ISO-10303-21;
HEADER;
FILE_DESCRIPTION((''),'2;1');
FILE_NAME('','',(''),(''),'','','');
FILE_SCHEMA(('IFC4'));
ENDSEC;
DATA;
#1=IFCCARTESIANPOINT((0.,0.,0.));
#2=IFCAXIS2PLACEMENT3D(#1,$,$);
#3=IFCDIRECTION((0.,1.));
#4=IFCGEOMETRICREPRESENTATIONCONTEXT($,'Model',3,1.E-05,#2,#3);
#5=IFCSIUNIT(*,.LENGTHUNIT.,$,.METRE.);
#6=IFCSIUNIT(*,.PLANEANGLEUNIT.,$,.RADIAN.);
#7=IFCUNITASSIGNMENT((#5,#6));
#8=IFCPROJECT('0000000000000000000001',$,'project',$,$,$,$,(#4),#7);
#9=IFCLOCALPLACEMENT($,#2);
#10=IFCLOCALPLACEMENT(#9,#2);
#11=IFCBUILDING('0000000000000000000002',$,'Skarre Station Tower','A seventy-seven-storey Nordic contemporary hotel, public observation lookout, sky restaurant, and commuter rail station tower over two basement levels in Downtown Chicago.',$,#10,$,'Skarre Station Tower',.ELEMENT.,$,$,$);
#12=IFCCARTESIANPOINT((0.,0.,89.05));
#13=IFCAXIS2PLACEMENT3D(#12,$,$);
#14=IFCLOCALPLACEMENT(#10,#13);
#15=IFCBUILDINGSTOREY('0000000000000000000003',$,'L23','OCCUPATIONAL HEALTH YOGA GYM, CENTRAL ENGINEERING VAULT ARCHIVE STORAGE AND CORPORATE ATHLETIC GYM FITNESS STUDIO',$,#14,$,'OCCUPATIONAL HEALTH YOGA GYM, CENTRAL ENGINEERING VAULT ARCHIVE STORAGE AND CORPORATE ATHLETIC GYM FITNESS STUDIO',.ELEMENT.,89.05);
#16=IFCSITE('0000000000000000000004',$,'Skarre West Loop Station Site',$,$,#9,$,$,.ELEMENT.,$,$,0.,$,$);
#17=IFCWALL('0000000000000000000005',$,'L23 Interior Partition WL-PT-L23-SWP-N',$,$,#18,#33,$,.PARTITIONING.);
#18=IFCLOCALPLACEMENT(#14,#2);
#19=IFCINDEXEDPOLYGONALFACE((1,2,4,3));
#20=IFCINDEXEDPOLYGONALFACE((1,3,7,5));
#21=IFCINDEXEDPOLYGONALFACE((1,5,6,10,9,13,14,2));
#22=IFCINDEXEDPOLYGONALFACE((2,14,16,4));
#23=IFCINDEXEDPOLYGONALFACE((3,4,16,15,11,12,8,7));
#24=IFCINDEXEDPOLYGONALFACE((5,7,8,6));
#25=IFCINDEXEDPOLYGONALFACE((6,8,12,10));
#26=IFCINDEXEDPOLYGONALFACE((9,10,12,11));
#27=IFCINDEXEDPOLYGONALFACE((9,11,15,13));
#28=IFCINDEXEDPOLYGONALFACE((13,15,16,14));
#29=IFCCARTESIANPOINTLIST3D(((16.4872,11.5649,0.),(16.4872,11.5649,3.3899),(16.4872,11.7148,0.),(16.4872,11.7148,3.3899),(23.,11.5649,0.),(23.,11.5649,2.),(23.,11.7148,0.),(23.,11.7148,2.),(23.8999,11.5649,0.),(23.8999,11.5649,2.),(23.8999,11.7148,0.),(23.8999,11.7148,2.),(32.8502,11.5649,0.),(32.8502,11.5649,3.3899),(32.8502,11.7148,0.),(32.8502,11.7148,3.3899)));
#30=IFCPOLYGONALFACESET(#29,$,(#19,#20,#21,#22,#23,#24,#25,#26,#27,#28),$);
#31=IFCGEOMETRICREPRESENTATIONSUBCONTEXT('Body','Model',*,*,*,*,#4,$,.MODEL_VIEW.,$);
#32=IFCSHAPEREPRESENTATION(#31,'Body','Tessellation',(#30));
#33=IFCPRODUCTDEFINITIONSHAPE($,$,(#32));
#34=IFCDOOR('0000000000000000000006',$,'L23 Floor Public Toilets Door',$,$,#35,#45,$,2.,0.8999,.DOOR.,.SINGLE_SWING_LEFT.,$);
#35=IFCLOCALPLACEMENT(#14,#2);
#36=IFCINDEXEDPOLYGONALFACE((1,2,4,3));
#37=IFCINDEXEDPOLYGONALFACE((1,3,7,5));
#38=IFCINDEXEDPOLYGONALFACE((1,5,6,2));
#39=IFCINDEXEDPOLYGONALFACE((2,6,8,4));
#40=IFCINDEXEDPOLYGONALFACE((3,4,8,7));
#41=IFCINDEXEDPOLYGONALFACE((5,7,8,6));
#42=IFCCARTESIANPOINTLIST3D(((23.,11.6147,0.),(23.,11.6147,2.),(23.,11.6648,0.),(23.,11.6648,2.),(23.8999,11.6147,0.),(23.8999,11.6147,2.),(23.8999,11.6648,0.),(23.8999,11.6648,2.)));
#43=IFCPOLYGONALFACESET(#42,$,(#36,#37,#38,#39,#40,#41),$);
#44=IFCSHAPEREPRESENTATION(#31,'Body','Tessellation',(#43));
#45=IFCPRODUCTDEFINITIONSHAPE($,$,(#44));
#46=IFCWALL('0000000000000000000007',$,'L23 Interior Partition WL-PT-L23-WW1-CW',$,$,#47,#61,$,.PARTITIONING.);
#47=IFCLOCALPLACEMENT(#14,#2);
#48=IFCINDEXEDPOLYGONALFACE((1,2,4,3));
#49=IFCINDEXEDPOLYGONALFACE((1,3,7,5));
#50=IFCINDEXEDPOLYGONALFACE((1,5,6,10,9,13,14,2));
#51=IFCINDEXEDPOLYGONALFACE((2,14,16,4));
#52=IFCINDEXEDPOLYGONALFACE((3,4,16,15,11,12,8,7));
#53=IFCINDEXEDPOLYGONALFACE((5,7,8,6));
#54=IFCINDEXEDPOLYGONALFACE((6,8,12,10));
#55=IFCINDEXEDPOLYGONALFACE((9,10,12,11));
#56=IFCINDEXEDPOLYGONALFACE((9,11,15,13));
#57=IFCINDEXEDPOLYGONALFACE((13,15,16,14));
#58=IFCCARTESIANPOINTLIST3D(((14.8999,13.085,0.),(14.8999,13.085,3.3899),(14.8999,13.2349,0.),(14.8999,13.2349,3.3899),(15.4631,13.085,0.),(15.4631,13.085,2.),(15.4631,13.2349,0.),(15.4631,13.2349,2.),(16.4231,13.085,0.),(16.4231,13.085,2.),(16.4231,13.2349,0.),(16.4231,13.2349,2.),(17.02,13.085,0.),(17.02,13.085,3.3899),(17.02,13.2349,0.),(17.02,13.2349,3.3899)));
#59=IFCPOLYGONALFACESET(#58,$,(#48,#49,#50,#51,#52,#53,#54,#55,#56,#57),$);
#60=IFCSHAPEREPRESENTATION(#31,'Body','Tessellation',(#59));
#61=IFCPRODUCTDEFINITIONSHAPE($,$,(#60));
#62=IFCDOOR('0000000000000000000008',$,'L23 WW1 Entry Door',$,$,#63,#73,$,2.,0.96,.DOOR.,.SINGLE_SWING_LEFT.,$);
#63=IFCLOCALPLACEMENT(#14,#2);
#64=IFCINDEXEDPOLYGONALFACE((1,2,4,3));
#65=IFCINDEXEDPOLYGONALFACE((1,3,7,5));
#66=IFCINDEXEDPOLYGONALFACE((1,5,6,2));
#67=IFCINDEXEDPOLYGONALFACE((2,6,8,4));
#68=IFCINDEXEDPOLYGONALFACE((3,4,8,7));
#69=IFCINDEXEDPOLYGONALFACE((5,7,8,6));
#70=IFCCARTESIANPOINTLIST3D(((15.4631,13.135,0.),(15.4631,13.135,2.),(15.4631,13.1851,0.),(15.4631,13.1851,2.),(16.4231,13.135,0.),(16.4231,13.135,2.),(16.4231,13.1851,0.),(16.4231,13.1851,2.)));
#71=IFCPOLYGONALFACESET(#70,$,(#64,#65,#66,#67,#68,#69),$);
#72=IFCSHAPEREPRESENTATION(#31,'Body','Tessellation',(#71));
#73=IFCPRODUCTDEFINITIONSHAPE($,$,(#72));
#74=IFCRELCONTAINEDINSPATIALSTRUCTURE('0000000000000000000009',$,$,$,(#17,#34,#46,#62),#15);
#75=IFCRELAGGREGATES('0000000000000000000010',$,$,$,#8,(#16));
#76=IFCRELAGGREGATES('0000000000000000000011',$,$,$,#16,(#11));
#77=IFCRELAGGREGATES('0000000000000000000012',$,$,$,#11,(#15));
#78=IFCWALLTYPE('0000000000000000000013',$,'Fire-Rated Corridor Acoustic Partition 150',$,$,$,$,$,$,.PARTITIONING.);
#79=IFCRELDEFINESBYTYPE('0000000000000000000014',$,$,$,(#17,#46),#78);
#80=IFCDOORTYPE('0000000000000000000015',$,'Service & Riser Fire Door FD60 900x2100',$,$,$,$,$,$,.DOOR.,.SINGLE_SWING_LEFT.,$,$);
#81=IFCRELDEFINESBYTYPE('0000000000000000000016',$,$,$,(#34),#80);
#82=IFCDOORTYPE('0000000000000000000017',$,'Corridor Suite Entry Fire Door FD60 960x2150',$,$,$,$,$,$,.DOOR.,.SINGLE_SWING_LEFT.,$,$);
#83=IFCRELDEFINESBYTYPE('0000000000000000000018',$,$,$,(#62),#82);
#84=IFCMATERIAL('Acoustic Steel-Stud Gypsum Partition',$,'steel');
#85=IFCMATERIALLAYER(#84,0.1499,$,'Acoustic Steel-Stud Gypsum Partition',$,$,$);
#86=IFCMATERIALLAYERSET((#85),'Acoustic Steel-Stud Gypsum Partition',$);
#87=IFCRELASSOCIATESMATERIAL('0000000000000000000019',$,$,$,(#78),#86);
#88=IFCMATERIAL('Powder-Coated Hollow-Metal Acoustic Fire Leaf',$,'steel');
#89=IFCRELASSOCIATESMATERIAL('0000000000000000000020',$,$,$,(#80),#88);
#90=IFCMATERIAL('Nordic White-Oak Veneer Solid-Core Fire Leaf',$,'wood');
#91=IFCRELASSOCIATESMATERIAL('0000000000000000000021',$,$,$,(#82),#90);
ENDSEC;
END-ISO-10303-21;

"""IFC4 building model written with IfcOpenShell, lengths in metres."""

from ifc_helpers import new_model, si_unit, direction, frame, frame_2d, origin, place, context, subcontext, project, spatial, rectangle, extrude, material, layer, layer_set, type_object, element, fill, save


model = new_model("IFC4")

# Units and contexts
model_context = context("Model", 3, precision=1e-05, world=origin(), true_north=direction((0.0, 1.0)))
body_context = subcontext(model_context, "Body", "Model", "MODEL_VIEW")
ifc_project = project(units=[si_unit("LENGTHUNIT", "METRE"), si_unit("PLANEANGLEUNIT", "RADIAN")], contexts=[model_context])

# Site, building, storey
site_placement = place(None, origin())
site = spatial("IfcSite", under=ifc_project, at=site_placement, Name="Skarre West Loop Station Site", CompositionType="ELEMENT", RefElevation=0.0)
building_placement = place(site_placement, origin())
building = spatial("IfcBuilding", under=site, at=building_placement, Name="Skarre Station Tower", Description="A seventy-seven-storey Nordic contemporary hotel, public observation lookout, sky restaurant, and commuter rail station tower over two basement levels in Downtown Chicago.", LongName="Skarre Station Tower", CompositionType="ELEMENT")
storey_placement = place(building_placement, frame((0.0, 0.0, 89.05)))
storey = spatial("IfcBuildingStorey", under=building, at=storey_placement, Name="L23", Description="OCCUPATIONAL HEALTH YOGA GYM, CENTRAL ENGINEERING VAULT ARCHIVE STORAGE AND CORPORATE ATHLETIC GYM FITNESS STUDIO", LongName="OCCUPATIONAL HEALTH YOGA GYM, CENTRAL ENGINEERING VAULT ARCHIVE STORAGE AND CORPORATE ATHLETIC GYM FITNESS STUDIO", CompositionType="ELEMENT", Elevation=89.05)

# Shared definitions
ifc_material_1 = material(Name="Acoustic Steel-Stud Gypsum Partition", Category="steel")
ifc_layer_1 = layer(ifc_material_1, 0.1499, Name="Acoustic Steel-Stud Gypsum Partition")
ifc_layer_set_1 = layer_set([ifc_layer_1], Name="Acoustic Steel-Stud Gypsum Partition")
wall_type_1 = type_object("IfcWallType", Name="Fire-Rated Corridor Acoustic Partition 150", PredefinedType="PARTITIONING", material=ifc_layer_set_1)

# Walls, openings, doors
wall_1_placement = place(storey_placement, frame((16.4871, 11.6399, 0.0), z_axis=(0.0, 0.0, 1.0), x_axis=(1.0, 0.0, 0.0)))
wall_1 = element("IfcWall", 1, at=wall_1_placement, inside=storey, type_object=wall_type_1, Name="L23 Interior Partition WL-PT-L23-SWP-N", PredefinedType="PARTITIONING", context=body_context, shape_type="SweptSolid", body=[
    extrude(rectangle(XDim=16.363, YDim=0.1499, at=frame_2d((8.1816, 0.0))), origin(), (0.0, 0.0, 1.0), 3.3899),
])
opening_1_placement = place(wall_1_placement, frame((6.5129, 0.0, 0.0)))
opening_1 = element("IfcOpeningElement", 2, at=opening_1_placement, cuts=wall_1, PredefinedType="OPENING", context=body_context, shape_type="SweptSolid", body=[
    extrude(rectangle(XDim=0.8999, YDim=2.0, at=frame_2d((0.45, 1.0))), frame((0.0, 0.085, 0.0), z_axis=(0.0, -1.0, 0.0), x_axis=(1.0, 0.0, 0.0)), (0.0, 0.0, 1.0), 0.1699),
])
ifc_material_2 = material(Name="Powder-Coated Hollow-Metal Acoustic Fire Leaf", Category="steel")
door_type_1 = type_object("IfcDoorType", Name="Service & Riser Fire Door FD60 900x2100", OperationType="SINGLE_SWING_LEFT", PredefinedType="DOOR", material=ifc_material_2)
door_1_placement = place(opening_1_placement, origin())
door_1 = element("IfcDoor", 3, at=door_1_placement, inside=storey, type_object=door_type_1, Name="L23 Floor Public Toilets Door", OperationType="SINGLE_SWING_LEFT", OverallHeight=2.0, OverallWidth=0.8999, PredefinedType="DOOR", context=body_context, shape_type="SweptSolid", body=[
    extrude(rectangle(XDim=0.8999, YDim=2.0, at=frame_2d((0.45, 1.0))), frame((0.0, 0.0249, 0.0), z_axis=(0.0, -1.0, 0.0), x_axis=(1.0, 0.0, 0.0)), (0.0, 0.0, 1.0), 0.05),
])
fill(opening_1, door_1)
wall_2_placement = place(storey_placement, frame((17.02, 13.1599, 0.0), z_axis=(0.0, 0.0, 1.0), x_axis=(-1.0, 0.0, 0.0)))
wall_2 = element("IfcWall", 4, at=wall_2_placement, inside=storey, type_object=wall_type_1, Name="L23 Interior Partition WL-PT-L23-WW1-CW", PredefinedType="PARTITIONING", context=body_context, shape_type="SweptSolid", body=[
    extrude(rectangle(XDim=2.1201, YDim=0.1499, at=frame_2d((1.0601, 0.0))), origin(), (0.0, 0.0, 1.0), 3.3899),
])
opening_2_placement = place(wall_2_placement, frame((0.5969, 0.0, 0.0)))
opening_2 = element("IfcOpeningElement", 5, at=opening_2_placement, cuts=wall_2, PredefinedType="OPENING", context=body_context, shape_type="SweptSolid", body=[
    extrude(rectangle(XDim=0.96, YDim=2.0, at=frame_2d((0.48, 1.0))), frame((0.0, 0.085, 0.0), z_axis=(0.0, -1.0, 0.0), x_axis=(1.0, 0.0, 0.0)), (0.0, 0.0, 1.0), 0.1699),
])
ifc_material_3 = material(Name="Nordic White-Oak Veneer Solid-Core Fire Leaf", Category="wood")
door_type_2 = type_object("IfcDoorType", Name="Corridor Suite Entry Fire Door FD60 960x2150", OperationType="SINGLE_SWING_LEFT", PredefinedType="DOOR", material=ifc_material_3)
door_2_placement = place(opening_2_placement, origin())
door_2 = element("IfcDoor", 6, at=door_2_placement, inside=storey, type_object=door_type_2, Name="L23 WW1 Entry Door", OperationType="SINGLE_SWING_LEFT", OverallHeight=2.0, OverallWidth=0.96, PredefinedType="DOOR", context=body_context, shape_type="SweptSolid", body=[
    extrude(rectangle(XDim=0.96, YDim=2.0, at=frame_2d((0.48, 1.0))), frame((0.0, 0.0249, 0.0), z_axis=(0.0, -1.0, 0.0), x_axis=(1.0, 0.0, 0.0)), (0.0, 0.0, 1.0), 0.05),
])
fill(opening_2, door_2)

save(model, "model.ifc")
